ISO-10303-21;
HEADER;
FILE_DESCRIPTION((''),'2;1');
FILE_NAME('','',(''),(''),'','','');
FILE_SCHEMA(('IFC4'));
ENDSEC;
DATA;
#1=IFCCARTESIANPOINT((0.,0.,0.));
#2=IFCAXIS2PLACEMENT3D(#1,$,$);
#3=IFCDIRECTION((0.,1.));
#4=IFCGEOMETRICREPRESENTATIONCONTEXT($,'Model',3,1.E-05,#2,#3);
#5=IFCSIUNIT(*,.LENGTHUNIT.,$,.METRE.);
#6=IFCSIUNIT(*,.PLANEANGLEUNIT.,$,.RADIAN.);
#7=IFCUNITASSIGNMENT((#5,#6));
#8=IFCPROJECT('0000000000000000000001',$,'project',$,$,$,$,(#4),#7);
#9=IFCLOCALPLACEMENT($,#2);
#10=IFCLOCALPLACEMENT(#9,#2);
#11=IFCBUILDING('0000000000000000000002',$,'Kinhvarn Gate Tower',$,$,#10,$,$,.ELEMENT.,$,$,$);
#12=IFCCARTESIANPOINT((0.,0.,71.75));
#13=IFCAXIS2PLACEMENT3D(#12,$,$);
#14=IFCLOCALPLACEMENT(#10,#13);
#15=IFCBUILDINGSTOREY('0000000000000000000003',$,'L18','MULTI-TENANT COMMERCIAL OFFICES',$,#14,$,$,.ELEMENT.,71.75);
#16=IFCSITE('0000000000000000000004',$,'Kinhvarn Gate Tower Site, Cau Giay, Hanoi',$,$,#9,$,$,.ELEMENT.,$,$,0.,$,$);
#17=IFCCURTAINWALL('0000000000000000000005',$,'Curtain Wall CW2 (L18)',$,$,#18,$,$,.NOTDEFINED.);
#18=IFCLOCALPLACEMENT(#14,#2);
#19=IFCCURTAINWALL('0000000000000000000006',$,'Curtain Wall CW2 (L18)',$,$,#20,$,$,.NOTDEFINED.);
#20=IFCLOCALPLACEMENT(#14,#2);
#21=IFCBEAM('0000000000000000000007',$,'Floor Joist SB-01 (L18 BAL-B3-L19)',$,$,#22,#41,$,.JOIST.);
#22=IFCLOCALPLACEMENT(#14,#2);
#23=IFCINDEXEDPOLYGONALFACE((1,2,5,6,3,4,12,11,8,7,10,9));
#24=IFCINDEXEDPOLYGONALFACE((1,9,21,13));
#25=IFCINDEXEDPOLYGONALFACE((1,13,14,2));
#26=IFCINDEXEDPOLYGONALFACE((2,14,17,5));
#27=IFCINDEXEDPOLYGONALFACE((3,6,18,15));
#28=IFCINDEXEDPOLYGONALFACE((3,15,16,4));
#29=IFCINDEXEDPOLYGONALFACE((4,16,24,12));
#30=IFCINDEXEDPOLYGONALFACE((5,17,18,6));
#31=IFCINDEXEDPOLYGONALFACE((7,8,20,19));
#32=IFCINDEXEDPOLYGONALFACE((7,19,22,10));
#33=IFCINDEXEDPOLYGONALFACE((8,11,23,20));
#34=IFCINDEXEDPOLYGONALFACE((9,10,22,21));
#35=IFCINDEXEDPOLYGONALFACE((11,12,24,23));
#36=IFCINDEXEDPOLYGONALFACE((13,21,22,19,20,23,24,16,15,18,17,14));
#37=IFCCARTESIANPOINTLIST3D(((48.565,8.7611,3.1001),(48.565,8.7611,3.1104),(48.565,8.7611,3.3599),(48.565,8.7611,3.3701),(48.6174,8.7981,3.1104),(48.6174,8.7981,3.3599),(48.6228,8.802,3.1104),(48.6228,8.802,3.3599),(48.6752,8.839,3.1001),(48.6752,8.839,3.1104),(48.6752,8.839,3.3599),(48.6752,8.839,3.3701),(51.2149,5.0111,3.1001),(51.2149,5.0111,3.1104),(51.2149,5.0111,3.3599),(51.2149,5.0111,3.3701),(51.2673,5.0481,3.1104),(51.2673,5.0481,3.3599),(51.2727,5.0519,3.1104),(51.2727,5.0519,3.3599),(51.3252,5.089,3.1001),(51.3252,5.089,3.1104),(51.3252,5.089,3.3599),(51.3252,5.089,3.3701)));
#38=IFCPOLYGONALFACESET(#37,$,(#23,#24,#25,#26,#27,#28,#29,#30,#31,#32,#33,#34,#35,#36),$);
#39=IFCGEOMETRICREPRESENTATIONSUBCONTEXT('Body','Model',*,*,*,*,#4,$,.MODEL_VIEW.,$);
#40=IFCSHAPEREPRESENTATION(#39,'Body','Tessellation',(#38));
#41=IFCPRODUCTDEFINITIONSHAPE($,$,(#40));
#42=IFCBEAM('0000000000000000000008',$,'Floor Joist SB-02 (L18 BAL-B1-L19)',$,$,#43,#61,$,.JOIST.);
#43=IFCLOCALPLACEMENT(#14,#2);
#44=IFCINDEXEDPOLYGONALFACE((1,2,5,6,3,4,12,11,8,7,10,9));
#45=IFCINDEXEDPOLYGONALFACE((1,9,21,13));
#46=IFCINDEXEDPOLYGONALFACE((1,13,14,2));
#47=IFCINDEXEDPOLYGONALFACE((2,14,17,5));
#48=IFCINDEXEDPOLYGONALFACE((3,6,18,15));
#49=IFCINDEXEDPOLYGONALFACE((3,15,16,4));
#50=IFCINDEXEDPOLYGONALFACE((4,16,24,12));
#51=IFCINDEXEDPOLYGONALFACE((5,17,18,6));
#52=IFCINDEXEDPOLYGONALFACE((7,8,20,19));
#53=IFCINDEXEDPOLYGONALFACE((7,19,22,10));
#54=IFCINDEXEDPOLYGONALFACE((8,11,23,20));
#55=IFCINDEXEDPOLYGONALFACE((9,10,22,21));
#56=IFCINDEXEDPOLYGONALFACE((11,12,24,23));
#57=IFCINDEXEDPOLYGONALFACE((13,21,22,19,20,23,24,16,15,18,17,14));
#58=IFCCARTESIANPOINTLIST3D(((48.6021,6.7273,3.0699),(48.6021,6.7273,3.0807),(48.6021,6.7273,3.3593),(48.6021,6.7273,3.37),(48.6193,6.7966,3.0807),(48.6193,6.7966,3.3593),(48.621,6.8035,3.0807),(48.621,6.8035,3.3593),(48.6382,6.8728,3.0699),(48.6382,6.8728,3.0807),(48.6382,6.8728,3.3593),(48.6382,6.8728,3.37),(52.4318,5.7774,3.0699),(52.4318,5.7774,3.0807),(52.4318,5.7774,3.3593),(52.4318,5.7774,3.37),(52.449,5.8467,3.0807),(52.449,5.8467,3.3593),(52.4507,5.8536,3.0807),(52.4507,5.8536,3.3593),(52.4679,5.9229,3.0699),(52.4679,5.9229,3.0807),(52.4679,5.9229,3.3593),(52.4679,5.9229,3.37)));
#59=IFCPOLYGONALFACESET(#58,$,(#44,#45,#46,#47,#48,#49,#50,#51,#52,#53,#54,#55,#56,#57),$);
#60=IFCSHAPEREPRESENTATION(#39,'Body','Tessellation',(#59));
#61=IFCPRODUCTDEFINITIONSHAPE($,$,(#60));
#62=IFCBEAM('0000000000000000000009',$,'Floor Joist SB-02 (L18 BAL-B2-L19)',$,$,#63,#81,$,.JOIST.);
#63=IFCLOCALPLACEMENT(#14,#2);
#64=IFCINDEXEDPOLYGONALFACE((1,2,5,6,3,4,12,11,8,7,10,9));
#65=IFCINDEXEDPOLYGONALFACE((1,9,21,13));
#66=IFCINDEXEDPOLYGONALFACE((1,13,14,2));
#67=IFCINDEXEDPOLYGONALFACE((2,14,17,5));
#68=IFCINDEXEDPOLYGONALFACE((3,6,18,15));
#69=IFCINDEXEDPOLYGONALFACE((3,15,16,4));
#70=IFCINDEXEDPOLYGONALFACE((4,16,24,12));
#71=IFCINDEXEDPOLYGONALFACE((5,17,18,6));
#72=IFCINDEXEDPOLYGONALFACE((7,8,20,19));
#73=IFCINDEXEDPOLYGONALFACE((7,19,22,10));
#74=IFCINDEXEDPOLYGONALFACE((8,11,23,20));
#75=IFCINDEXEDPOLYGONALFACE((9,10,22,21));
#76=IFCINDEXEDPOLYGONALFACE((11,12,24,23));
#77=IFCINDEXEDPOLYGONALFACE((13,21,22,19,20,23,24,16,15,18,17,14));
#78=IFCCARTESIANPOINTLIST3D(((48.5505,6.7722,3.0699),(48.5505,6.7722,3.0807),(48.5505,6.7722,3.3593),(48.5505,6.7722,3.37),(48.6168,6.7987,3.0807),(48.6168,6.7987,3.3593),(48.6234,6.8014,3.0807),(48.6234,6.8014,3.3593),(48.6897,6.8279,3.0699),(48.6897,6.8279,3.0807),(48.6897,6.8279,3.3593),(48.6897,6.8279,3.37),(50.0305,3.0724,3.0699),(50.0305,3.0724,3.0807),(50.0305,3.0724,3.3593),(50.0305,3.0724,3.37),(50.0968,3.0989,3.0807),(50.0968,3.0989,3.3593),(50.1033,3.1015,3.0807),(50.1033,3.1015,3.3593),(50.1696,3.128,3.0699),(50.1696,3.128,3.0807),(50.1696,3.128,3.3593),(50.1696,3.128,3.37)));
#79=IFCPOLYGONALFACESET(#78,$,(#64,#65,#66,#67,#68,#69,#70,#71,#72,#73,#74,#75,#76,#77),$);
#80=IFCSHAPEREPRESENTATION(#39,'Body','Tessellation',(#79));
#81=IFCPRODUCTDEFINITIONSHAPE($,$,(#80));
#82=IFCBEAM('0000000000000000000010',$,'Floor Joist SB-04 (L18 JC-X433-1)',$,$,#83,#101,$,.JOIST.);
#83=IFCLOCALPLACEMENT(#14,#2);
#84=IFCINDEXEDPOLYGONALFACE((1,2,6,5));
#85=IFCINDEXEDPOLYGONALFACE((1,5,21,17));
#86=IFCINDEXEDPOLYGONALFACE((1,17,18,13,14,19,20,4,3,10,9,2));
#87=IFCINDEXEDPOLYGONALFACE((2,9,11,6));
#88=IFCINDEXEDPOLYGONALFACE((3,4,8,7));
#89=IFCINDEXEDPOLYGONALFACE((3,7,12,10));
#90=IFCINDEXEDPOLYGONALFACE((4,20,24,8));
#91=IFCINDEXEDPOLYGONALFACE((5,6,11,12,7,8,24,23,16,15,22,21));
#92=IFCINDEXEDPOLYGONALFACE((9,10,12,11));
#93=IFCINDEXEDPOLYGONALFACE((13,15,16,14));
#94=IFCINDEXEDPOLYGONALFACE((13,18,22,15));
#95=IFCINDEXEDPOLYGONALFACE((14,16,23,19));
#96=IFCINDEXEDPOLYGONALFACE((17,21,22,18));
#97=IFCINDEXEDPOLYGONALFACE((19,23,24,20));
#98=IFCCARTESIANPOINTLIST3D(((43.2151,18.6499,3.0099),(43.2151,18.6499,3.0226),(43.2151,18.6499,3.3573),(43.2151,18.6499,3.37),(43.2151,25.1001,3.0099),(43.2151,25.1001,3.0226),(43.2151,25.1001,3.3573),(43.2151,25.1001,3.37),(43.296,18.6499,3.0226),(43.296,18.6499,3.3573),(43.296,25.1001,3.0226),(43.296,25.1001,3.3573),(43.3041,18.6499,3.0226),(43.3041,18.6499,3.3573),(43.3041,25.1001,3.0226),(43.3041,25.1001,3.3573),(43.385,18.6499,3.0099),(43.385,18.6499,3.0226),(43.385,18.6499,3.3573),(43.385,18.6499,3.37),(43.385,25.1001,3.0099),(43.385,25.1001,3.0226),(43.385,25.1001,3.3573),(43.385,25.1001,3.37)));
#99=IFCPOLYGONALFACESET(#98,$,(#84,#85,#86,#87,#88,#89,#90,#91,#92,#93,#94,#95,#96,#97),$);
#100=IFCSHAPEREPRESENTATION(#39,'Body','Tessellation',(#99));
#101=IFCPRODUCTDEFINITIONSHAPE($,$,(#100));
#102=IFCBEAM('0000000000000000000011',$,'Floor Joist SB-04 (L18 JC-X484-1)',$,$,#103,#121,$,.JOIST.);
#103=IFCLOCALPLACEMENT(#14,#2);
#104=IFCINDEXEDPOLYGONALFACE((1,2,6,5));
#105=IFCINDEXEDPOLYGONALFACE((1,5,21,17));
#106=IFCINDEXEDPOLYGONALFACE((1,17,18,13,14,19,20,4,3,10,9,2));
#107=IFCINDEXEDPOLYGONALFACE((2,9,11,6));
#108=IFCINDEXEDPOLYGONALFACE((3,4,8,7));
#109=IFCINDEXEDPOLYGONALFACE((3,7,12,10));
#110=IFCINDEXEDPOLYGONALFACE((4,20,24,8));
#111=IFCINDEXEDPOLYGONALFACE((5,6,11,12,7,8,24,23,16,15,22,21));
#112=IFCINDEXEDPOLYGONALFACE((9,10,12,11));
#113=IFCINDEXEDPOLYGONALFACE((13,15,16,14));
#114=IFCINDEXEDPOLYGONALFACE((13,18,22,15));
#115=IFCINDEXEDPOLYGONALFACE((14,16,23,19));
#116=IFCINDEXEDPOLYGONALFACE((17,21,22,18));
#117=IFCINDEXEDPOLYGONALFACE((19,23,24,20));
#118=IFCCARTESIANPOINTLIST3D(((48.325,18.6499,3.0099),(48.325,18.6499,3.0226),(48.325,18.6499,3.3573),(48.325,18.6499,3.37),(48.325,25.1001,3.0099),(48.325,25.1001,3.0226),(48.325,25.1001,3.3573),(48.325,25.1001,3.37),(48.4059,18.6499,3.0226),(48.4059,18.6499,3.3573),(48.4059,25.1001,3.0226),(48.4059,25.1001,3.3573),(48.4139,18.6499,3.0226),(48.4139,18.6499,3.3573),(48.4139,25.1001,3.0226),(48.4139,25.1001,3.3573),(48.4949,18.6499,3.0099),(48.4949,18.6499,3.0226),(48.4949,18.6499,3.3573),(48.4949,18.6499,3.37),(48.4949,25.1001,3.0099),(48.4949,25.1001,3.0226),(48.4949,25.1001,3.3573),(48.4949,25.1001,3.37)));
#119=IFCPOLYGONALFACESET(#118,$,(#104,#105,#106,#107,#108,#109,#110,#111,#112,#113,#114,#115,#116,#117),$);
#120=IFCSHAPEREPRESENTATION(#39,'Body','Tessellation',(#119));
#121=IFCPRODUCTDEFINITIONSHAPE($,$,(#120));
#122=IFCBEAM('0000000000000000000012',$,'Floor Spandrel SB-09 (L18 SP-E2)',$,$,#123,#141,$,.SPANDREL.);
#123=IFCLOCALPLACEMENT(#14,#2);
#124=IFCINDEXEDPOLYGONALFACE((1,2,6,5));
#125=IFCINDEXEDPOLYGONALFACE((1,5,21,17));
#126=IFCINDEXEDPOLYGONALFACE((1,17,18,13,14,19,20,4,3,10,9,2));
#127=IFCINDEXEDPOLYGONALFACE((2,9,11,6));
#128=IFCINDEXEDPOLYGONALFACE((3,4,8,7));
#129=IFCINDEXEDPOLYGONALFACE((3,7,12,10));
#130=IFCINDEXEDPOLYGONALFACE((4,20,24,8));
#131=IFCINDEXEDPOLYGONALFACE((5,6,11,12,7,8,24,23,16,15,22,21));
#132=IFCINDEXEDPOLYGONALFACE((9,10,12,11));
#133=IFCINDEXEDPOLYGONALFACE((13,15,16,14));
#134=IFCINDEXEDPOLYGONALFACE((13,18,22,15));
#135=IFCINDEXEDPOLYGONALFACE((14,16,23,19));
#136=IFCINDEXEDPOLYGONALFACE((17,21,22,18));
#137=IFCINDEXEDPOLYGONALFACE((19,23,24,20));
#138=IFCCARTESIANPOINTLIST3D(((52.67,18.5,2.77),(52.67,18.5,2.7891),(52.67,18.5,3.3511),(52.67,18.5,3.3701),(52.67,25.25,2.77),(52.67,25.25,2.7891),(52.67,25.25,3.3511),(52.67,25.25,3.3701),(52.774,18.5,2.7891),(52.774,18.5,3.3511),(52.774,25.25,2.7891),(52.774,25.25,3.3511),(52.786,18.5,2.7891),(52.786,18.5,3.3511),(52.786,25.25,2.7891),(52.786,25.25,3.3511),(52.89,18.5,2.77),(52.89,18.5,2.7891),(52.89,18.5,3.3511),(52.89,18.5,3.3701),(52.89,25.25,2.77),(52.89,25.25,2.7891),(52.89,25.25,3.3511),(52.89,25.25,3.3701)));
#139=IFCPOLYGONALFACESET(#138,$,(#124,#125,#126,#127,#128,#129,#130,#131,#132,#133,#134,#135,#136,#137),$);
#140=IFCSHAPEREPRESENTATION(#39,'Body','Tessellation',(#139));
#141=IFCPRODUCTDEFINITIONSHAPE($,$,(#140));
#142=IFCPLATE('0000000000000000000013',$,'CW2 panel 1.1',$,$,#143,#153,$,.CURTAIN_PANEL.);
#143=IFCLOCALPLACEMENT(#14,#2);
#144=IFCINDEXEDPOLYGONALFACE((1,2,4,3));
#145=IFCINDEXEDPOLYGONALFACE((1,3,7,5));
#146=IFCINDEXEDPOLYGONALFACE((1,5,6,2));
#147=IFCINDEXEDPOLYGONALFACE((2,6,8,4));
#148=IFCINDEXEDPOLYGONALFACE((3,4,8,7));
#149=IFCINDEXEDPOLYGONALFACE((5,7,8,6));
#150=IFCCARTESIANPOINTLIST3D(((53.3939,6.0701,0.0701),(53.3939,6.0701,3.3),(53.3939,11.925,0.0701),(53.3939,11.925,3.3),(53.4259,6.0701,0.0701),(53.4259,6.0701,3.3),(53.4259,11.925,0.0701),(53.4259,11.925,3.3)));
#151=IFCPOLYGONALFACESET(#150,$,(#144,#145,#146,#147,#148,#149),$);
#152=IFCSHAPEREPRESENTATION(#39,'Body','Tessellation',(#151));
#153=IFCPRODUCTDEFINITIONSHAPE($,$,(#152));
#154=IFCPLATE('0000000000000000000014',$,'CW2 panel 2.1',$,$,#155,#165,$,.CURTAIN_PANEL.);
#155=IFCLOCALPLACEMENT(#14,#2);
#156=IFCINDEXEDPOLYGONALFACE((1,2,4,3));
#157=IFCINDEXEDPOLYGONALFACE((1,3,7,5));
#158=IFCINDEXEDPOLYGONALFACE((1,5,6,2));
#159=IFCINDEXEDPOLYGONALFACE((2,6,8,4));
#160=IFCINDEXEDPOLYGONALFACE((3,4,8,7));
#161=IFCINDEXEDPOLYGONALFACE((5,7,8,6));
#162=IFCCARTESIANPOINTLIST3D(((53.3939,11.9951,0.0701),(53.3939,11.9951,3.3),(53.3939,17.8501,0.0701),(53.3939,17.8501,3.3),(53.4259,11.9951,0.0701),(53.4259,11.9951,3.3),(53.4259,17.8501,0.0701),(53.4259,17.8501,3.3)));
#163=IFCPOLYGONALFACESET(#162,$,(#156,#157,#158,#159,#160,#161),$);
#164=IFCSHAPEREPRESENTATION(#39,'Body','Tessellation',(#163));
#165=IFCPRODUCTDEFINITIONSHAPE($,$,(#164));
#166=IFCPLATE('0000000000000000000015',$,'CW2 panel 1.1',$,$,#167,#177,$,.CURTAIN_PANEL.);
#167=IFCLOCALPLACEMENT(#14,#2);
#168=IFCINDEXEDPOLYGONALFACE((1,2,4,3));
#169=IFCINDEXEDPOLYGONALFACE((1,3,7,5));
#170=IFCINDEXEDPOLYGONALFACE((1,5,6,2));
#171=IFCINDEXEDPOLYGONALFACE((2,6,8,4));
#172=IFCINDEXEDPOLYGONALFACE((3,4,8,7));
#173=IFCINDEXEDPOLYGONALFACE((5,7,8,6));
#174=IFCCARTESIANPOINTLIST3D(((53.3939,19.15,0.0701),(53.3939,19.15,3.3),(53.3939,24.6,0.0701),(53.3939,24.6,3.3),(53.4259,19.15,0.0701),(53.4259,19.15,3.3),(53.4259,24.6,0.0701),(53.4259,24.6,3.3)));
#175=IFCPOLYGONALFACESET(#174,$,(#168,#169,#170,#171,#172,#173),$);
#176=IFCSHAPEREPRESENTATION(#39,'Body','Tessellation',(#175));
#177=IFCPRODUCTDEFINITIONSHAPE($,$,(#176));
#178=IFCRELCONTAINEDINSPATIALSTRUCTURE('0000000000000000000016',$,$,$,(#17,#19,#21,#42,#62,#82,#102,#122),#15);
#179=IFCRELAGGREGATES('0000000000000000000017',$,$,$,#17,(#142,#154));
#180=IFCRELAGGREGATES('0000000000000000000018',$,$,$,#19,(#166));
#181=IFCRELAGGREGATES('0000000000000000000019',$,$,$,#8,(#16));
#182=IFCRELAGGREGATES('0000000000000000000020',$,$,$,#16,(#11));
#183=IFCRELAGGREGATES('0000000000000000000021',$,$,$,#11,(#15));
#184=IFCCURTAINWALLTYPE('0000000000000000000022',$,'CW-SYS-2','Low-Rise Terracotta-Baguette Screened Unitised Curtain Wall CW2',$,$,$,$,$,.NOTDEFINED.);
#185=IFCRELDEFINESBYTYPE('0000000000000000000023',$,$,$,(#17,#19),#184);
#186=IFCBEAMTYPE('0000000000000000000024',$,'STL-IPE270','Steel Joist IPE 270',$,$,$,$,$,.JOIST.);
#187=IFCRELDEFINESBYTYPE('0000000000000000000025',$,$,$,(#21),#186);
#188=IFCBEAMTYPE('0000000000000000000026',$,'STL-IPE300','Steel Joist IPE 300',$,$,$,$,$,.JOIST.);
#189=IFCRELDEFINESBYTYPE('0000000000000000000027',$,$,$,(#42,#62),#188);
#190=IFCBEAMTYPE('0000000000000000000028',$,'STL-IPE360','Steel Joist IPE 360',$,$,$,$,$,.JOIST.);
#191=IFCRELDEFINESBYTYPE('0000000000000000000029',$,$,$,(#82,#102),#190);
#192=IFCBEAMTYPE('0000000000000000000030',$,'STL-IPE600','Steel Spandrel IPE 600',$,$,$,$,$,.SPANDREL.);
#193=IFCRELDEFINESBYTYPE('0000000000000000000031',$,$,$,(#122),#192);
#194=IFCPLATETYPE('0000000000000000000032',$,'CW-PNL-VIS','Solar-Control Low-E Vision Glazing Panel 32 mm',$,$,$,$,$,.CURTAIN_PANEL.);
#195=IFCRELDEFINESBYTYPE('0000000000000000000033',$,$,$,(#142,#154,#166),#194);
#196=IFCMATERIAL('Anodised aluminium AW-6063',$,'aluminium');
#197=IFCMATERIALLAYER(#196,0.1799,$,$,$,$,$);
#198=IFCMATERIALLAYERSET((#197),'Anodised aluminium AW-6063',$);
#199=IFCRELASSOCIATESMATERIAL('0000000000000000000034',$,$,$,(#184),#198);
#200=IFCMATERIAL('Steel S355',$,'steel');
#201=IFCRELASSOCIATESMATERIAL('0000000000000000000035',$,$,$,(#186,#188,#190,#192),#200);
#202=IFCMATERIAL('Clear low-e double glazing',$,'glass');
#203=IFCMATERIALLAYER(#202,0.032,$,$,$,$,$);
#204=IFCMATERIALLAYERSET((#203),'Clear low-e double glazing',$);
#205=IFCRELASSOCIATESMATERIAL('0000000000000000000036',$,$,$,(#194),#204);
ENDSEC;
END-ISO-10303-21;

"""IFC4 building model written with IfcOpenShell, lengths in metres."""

from ifc_helpers import new_model, si_unit, direction, frame, origin, origin_2d, place, context, subcontext, project, spatial, rectangle, i_section, extrude, material, layer, layer_set, material_profile, profile_set, type_object, element, aggregate, save


model = new_model("IFC4")

# Units and contexts
model_context = context("Model", 3, precision=1e-05, world=origin(), true_north=direction((0.0, 1.0)))
body_context = subcontext(model_context, "Body", "Model", "MODEL_VIEW")
ifc_project = project(units=[si_unit("LENGTHUNIT", "METRE"), si_unit("PLANEANGLEUNIT", "RADIAN")], contexts=[model_context])

# Site, building, storey
site_placement = place(None, origin())
site = spatial("IfcSite", under=ifc_project, at=site_placement, Name="Kinhvarn Gate Tower Site, Cau Giay, Hanoi", CompositionType="ELEMENT", RefElevation=0.0)
building_placement = place(site_placement, origin())
building = spatial("IfcBuilding", under=site, at=building_placement, Name="Kinhvarn Gate Tower", CompositionType="ELEMENT")
storey_placement = place(building_placement, frame((0.0, 0.0, 71.75)))
storey = spatial("IfcBuildingStorey", under=building, at=storey_placement, Name="L18", Description="MULTI-TENANT COMMERCIAL OFFICES", CompositionType="ELEMENT", Elevation=71.75)

# Curtain wall
ifc_material_1 = material(Name="Anodised aluminium AW-6063", Category="aluminium")
ifc_layer_1 = layer(ifc_material_1, 0.1799)
ifc_layer_set_1 = layer_set([ifc_layer_1], Name="Anodised aluminium AW-6063")
curtain_wall_type = type_object("IfcCurtainWallType", Name="CW-SYS-2", Description="Low-Rise Terracotta-Baguette Screened Unitised Curtain Wall CW2", PredefinedType="NOTDEFINED", material=ifc_layer_set_1)
curtain_wall_1_placement = place(storey_placement, origin())
curtain_wall_1 = element("IfcCurtainWall", 1, at=curtain_wall_1_placement, inside=storey, type_object=curtain_wall_type, Name="Curtain Wall CW2 (L18)", PredefinedType="NOTDEFINED")

# Curtain wall
curtain_wall_2_placement = place(storey_placement, origin())
curtain_wall_2 = element("IfcCurtainWall", 2, at=curtain_wall_2_placement, inside=storey, type_object=curtain_wall_type, Name="Curtain Wall CW2 (L18)", PredefinedType="NOTDEFINED")

# Beams
ifc_material_2 = material(Name="Steel S355", Category="steel")
ifc_material_profile_1 = material_profile(ifc_material_2, i_section(OverallWidth=0.135, OverallDepth=0.27, WebThickness=0.0066, FlangeThickness=0.0103, at=origin_2d()), Name="IPE 270")
ifc_profile_set_1 = profile_set([ifc_material_profile_1], Name="Steel S355")
beam_type_1 = type_object("IfcBeamType", Name="STL-IPE270", Description="Steel Joist IPE 270", PredefinedType="JOIST", material=ifc_profile_set_1)
beam_1_placement = place(storey_placement, frame((48.6201, 8.8, 3.2351), z_axis=(0.577096, -0.816676, 0.0), x_axis=(0.816676, 0.577096, 0.0)))
element("IfcBeam", 3, at=beam_1_placement, inside=storey, type_object=beam_type_1, Name="Floor Joist SB-01 (L18 BAL-B3-L19)", PredefinedType="JOIST", context=body_context, shape_type="SweptSolid", body=[
    extrude(i_section(OverallWidth=0.135, OverallDepth=0.27, WebThickness=0.0066, FlangeThickness=0.0103, at=origin_2d()), origin(), (0.0, 0.0, 1.0), 4.5918),
])
ifc_material_profile_2 = material_profile(ifc_material_2, i_section(OverallWidth=0.1499, OverallDepth=0.3, WebThickness=0.0071, FlangeThickness=0.0107, at=origin_2d()), Name="IPE 300")
ifc_profile_set_2 = profile_set([ifc_material_profile_2], Name="Steel S355")
beam_type_2 = type_object("IfcBeamType", Name="STL-IPE300", Description="Steel Joist IPE 300", PredefinedType="JOIST", material=ifc_profile_set_2)
beam_2_placement = place(storey_placement, frame((48.6201, 6.8, 3.22), z_axis=(0.970589, -0.240745, 0.0), x_axis=(0.240745, 0.970589, 0.0)))
element("IfcBeam", 4, at=beam_2_placement, inside=storey, type_object=beam_type_2, Name="Floor Joist SB-02 (L18 BAL-B1-L19)", PredefinedType="JOIST", context=body_context, shape_type="SweptSolid", body=[
    extrude(i_section(OverallWidth=0.1499, OverallDepth=0.3, WebThickness=0.0071, FlangeThickness=0.0107, at=origin_2d()), origin(), (0.0, 0.0, 1.0), 3.9458),
])
beam_3_placement = place(storey_placement, frame((48.6201, 6.8, 3.22), z_axis=(0.371391, -0.928477, 0.0), x_axis=(0.928477, 0.371391, 0.0)))
element("IfcBeam", 5, at=beam_3_placement, inside=storey, type_object=beam_type_2, Name="Floor Joist SB-02 (L18 BAL-B2-L19)", PredefinedType="JOIST", context=body_context, shape_type="SweptSolid", body=[
    extrude(i_section(OverallWidth=0.1499, OverallDepth=0.3, WebThickness=0.0071, FlangeThickness=0.0107, at=origin_2d()), origin(), (0.0, 0.0, 1.0), 3.9849),
])
ifc_material_profile_3 = material_profile(ifc_material_2, i_section(OverallWidth=0.1699, OverallDepth=0.3601, WebThickness=0.0081, FlangeThickness=0.0127, at=origin_2d()), Name="IPE 360")
ifc_profile_set_3 = profile_set([ifc_material_profile_3], Name="Steel S355")
beam_type_3 = type_object("IfcBeamType", Name="STL-IPE360", Description="Steel Joist IPE 360", PredefinedType="JOIST", material=ifc_profile_set_3)
for number, where, z_axis, x_axis, name in (
    (6, (43.3, 18.6499, 3.1899), (0.0, 1.0, 0.0), (-1.0, 0.0, 0.0), "Floor Joist SB-04 (L18 JC-X433-1)"),
    (7, (48.4099, 18.6499, 3.1899), (0.0, 1.0, 0.0), (-1.0, 0.0, 0.0), "Floor Joist SB-04 (L18 JC-X484-1)"),
):
    element("IfcBeam", number, at=place(storey_placement, frame(where, z_axis=z_axis, x_axis=x_axis)), inside=storey, type_object=beam_type_3, Name=name, PredefinedType="JOIST", context=body_context, shape_type="SweptSolid", body=[
        extrude(i_section(OverallWidth=0.1699, OverallDepth=0.3601, WebThickness=0.0081, FlangeThickness=0.0127, at=origin_2d()), origin(), (0.0, 0.0, 1.0), 6.4502),
    ])
ifc_material_profile_4 = material_profile(ifc_material_2, i_section(OverallWidth=0.22, OverallDepth=0.6001, WebThickness=0.012, FlangeThickness=0.019, at=origin_2d()), Name="IPE 600")
ifc_profile_set_4 = profile_set([ifc_material_profile_4], Name="Steel S355")
beam_type_4 = type_object("IfcBeamType", Name="STL-IPE600", Description="Steel Spandrel IPE 600", PredefinedType="SPANDREL", material=ifc_profile_set_4)
beam_4_placement = place(storey_placement, frame((52.78, 18.5, 3.0701), z_axis=(0.0, 1.0, 0.0), x_axis=(-1.0, 0.0, 0.0)))
element("IfcBeam", 8, at=beam_4_placement, inside=storey, type_object=beam_type_4, Name="Floor Spandrel SB-09 (L18 SP-E2)", PredefinedType="SPANDREL", context=body_context, shape_type="SweptSolid", body=[
    extrude(i_section(OverallWidth=0.22, OverallDepth=0.6001, WebThickness=0.012, FlangeThickness=0.019, at=origin_2d()), origin(), (0.0, 0.0, 1.0), 6.75),
])

# Plates
ifc_material_3 = material(Name="Clear low-e double glazing", Category="glass")
ifc_layer_2 = layer(ifc_material_3, 0.032)
ifc_layer_set_2 = layer_set([ifc_layer_2], Name="Clear low-e double glazing")
plate_type = type_object("IfcPlateType", Name="CW-PNL-VIS", Description="Solar-Control Low-E Vision Glazing Panel 32 mm", PredefinedType="CURTAIN_PANEL", material=ifc_layer_set_2)
plate_1_placement = place(storey_placement, frame((53.4099, 8.9976, 0.0701), z_axis=(0.0, 0.0, 1.0), x_axis=(0.0, 1.0, 0.0)))
plate_1 = element("IfcPlate", 9, at=plate_1_placement, type_object=plate_type, Name="CW2 panel 1.1", PredefinedType="CURTAIN_PANEL", context=body_context, shape_type="SweptSolid", body=[
    extrude(rectangle(XDim=5.855, YDim=0.032, at=origin_2d()), origin(), (0.0, 0.0, 1.0), 3.23),
])
plate_2_placement = place(storey_placement, frame((53.4099, 14.9226, 0.0701), z_axis=(0.0, 0.0, 1.0), x_axis=(0.0, 1.0, 0.0)))
plate_2 = element("IfcPlate", 10, at=plate_2_placement, type_object=plate_type, Name="CW2 panel 2.1", PredefinedType="CURTAIN_PANEL", context=body_context, shape_type="SweptSolid", body=[
    extrude(rectangle(XDim=5.855, YDim=0.032, at=origin_2d()), origin(), (0.0, 0.0, 1.0), 3.23),
])
aggregate(curtain_wall_1, [plate_1, plate_2])
plate_3_placement = place(storey_placement, frame((53.4099, 21.875, 0.0701), z_axis=(0.0, 0.0, 1.0), x_axis=(0.0, 1.0, 0.0)))
plate_3 = element("IfcPlate", 11, at=plate_3_placement, type_object=plate_type, Name="CW2 panel 1.1", PredefinedType="CURTAIN_PANEL", context=body_context, shape_type="SweptSolid", body=[
    extrude(rectangle(XDim=5.45, YDim=0.032, at=origin_2d()), origin(), (0.0, 0.0, 1.0), 3.23),
])
aggregate(curtain_wall_2, [plate_3])

save(model, "model.ifc")
